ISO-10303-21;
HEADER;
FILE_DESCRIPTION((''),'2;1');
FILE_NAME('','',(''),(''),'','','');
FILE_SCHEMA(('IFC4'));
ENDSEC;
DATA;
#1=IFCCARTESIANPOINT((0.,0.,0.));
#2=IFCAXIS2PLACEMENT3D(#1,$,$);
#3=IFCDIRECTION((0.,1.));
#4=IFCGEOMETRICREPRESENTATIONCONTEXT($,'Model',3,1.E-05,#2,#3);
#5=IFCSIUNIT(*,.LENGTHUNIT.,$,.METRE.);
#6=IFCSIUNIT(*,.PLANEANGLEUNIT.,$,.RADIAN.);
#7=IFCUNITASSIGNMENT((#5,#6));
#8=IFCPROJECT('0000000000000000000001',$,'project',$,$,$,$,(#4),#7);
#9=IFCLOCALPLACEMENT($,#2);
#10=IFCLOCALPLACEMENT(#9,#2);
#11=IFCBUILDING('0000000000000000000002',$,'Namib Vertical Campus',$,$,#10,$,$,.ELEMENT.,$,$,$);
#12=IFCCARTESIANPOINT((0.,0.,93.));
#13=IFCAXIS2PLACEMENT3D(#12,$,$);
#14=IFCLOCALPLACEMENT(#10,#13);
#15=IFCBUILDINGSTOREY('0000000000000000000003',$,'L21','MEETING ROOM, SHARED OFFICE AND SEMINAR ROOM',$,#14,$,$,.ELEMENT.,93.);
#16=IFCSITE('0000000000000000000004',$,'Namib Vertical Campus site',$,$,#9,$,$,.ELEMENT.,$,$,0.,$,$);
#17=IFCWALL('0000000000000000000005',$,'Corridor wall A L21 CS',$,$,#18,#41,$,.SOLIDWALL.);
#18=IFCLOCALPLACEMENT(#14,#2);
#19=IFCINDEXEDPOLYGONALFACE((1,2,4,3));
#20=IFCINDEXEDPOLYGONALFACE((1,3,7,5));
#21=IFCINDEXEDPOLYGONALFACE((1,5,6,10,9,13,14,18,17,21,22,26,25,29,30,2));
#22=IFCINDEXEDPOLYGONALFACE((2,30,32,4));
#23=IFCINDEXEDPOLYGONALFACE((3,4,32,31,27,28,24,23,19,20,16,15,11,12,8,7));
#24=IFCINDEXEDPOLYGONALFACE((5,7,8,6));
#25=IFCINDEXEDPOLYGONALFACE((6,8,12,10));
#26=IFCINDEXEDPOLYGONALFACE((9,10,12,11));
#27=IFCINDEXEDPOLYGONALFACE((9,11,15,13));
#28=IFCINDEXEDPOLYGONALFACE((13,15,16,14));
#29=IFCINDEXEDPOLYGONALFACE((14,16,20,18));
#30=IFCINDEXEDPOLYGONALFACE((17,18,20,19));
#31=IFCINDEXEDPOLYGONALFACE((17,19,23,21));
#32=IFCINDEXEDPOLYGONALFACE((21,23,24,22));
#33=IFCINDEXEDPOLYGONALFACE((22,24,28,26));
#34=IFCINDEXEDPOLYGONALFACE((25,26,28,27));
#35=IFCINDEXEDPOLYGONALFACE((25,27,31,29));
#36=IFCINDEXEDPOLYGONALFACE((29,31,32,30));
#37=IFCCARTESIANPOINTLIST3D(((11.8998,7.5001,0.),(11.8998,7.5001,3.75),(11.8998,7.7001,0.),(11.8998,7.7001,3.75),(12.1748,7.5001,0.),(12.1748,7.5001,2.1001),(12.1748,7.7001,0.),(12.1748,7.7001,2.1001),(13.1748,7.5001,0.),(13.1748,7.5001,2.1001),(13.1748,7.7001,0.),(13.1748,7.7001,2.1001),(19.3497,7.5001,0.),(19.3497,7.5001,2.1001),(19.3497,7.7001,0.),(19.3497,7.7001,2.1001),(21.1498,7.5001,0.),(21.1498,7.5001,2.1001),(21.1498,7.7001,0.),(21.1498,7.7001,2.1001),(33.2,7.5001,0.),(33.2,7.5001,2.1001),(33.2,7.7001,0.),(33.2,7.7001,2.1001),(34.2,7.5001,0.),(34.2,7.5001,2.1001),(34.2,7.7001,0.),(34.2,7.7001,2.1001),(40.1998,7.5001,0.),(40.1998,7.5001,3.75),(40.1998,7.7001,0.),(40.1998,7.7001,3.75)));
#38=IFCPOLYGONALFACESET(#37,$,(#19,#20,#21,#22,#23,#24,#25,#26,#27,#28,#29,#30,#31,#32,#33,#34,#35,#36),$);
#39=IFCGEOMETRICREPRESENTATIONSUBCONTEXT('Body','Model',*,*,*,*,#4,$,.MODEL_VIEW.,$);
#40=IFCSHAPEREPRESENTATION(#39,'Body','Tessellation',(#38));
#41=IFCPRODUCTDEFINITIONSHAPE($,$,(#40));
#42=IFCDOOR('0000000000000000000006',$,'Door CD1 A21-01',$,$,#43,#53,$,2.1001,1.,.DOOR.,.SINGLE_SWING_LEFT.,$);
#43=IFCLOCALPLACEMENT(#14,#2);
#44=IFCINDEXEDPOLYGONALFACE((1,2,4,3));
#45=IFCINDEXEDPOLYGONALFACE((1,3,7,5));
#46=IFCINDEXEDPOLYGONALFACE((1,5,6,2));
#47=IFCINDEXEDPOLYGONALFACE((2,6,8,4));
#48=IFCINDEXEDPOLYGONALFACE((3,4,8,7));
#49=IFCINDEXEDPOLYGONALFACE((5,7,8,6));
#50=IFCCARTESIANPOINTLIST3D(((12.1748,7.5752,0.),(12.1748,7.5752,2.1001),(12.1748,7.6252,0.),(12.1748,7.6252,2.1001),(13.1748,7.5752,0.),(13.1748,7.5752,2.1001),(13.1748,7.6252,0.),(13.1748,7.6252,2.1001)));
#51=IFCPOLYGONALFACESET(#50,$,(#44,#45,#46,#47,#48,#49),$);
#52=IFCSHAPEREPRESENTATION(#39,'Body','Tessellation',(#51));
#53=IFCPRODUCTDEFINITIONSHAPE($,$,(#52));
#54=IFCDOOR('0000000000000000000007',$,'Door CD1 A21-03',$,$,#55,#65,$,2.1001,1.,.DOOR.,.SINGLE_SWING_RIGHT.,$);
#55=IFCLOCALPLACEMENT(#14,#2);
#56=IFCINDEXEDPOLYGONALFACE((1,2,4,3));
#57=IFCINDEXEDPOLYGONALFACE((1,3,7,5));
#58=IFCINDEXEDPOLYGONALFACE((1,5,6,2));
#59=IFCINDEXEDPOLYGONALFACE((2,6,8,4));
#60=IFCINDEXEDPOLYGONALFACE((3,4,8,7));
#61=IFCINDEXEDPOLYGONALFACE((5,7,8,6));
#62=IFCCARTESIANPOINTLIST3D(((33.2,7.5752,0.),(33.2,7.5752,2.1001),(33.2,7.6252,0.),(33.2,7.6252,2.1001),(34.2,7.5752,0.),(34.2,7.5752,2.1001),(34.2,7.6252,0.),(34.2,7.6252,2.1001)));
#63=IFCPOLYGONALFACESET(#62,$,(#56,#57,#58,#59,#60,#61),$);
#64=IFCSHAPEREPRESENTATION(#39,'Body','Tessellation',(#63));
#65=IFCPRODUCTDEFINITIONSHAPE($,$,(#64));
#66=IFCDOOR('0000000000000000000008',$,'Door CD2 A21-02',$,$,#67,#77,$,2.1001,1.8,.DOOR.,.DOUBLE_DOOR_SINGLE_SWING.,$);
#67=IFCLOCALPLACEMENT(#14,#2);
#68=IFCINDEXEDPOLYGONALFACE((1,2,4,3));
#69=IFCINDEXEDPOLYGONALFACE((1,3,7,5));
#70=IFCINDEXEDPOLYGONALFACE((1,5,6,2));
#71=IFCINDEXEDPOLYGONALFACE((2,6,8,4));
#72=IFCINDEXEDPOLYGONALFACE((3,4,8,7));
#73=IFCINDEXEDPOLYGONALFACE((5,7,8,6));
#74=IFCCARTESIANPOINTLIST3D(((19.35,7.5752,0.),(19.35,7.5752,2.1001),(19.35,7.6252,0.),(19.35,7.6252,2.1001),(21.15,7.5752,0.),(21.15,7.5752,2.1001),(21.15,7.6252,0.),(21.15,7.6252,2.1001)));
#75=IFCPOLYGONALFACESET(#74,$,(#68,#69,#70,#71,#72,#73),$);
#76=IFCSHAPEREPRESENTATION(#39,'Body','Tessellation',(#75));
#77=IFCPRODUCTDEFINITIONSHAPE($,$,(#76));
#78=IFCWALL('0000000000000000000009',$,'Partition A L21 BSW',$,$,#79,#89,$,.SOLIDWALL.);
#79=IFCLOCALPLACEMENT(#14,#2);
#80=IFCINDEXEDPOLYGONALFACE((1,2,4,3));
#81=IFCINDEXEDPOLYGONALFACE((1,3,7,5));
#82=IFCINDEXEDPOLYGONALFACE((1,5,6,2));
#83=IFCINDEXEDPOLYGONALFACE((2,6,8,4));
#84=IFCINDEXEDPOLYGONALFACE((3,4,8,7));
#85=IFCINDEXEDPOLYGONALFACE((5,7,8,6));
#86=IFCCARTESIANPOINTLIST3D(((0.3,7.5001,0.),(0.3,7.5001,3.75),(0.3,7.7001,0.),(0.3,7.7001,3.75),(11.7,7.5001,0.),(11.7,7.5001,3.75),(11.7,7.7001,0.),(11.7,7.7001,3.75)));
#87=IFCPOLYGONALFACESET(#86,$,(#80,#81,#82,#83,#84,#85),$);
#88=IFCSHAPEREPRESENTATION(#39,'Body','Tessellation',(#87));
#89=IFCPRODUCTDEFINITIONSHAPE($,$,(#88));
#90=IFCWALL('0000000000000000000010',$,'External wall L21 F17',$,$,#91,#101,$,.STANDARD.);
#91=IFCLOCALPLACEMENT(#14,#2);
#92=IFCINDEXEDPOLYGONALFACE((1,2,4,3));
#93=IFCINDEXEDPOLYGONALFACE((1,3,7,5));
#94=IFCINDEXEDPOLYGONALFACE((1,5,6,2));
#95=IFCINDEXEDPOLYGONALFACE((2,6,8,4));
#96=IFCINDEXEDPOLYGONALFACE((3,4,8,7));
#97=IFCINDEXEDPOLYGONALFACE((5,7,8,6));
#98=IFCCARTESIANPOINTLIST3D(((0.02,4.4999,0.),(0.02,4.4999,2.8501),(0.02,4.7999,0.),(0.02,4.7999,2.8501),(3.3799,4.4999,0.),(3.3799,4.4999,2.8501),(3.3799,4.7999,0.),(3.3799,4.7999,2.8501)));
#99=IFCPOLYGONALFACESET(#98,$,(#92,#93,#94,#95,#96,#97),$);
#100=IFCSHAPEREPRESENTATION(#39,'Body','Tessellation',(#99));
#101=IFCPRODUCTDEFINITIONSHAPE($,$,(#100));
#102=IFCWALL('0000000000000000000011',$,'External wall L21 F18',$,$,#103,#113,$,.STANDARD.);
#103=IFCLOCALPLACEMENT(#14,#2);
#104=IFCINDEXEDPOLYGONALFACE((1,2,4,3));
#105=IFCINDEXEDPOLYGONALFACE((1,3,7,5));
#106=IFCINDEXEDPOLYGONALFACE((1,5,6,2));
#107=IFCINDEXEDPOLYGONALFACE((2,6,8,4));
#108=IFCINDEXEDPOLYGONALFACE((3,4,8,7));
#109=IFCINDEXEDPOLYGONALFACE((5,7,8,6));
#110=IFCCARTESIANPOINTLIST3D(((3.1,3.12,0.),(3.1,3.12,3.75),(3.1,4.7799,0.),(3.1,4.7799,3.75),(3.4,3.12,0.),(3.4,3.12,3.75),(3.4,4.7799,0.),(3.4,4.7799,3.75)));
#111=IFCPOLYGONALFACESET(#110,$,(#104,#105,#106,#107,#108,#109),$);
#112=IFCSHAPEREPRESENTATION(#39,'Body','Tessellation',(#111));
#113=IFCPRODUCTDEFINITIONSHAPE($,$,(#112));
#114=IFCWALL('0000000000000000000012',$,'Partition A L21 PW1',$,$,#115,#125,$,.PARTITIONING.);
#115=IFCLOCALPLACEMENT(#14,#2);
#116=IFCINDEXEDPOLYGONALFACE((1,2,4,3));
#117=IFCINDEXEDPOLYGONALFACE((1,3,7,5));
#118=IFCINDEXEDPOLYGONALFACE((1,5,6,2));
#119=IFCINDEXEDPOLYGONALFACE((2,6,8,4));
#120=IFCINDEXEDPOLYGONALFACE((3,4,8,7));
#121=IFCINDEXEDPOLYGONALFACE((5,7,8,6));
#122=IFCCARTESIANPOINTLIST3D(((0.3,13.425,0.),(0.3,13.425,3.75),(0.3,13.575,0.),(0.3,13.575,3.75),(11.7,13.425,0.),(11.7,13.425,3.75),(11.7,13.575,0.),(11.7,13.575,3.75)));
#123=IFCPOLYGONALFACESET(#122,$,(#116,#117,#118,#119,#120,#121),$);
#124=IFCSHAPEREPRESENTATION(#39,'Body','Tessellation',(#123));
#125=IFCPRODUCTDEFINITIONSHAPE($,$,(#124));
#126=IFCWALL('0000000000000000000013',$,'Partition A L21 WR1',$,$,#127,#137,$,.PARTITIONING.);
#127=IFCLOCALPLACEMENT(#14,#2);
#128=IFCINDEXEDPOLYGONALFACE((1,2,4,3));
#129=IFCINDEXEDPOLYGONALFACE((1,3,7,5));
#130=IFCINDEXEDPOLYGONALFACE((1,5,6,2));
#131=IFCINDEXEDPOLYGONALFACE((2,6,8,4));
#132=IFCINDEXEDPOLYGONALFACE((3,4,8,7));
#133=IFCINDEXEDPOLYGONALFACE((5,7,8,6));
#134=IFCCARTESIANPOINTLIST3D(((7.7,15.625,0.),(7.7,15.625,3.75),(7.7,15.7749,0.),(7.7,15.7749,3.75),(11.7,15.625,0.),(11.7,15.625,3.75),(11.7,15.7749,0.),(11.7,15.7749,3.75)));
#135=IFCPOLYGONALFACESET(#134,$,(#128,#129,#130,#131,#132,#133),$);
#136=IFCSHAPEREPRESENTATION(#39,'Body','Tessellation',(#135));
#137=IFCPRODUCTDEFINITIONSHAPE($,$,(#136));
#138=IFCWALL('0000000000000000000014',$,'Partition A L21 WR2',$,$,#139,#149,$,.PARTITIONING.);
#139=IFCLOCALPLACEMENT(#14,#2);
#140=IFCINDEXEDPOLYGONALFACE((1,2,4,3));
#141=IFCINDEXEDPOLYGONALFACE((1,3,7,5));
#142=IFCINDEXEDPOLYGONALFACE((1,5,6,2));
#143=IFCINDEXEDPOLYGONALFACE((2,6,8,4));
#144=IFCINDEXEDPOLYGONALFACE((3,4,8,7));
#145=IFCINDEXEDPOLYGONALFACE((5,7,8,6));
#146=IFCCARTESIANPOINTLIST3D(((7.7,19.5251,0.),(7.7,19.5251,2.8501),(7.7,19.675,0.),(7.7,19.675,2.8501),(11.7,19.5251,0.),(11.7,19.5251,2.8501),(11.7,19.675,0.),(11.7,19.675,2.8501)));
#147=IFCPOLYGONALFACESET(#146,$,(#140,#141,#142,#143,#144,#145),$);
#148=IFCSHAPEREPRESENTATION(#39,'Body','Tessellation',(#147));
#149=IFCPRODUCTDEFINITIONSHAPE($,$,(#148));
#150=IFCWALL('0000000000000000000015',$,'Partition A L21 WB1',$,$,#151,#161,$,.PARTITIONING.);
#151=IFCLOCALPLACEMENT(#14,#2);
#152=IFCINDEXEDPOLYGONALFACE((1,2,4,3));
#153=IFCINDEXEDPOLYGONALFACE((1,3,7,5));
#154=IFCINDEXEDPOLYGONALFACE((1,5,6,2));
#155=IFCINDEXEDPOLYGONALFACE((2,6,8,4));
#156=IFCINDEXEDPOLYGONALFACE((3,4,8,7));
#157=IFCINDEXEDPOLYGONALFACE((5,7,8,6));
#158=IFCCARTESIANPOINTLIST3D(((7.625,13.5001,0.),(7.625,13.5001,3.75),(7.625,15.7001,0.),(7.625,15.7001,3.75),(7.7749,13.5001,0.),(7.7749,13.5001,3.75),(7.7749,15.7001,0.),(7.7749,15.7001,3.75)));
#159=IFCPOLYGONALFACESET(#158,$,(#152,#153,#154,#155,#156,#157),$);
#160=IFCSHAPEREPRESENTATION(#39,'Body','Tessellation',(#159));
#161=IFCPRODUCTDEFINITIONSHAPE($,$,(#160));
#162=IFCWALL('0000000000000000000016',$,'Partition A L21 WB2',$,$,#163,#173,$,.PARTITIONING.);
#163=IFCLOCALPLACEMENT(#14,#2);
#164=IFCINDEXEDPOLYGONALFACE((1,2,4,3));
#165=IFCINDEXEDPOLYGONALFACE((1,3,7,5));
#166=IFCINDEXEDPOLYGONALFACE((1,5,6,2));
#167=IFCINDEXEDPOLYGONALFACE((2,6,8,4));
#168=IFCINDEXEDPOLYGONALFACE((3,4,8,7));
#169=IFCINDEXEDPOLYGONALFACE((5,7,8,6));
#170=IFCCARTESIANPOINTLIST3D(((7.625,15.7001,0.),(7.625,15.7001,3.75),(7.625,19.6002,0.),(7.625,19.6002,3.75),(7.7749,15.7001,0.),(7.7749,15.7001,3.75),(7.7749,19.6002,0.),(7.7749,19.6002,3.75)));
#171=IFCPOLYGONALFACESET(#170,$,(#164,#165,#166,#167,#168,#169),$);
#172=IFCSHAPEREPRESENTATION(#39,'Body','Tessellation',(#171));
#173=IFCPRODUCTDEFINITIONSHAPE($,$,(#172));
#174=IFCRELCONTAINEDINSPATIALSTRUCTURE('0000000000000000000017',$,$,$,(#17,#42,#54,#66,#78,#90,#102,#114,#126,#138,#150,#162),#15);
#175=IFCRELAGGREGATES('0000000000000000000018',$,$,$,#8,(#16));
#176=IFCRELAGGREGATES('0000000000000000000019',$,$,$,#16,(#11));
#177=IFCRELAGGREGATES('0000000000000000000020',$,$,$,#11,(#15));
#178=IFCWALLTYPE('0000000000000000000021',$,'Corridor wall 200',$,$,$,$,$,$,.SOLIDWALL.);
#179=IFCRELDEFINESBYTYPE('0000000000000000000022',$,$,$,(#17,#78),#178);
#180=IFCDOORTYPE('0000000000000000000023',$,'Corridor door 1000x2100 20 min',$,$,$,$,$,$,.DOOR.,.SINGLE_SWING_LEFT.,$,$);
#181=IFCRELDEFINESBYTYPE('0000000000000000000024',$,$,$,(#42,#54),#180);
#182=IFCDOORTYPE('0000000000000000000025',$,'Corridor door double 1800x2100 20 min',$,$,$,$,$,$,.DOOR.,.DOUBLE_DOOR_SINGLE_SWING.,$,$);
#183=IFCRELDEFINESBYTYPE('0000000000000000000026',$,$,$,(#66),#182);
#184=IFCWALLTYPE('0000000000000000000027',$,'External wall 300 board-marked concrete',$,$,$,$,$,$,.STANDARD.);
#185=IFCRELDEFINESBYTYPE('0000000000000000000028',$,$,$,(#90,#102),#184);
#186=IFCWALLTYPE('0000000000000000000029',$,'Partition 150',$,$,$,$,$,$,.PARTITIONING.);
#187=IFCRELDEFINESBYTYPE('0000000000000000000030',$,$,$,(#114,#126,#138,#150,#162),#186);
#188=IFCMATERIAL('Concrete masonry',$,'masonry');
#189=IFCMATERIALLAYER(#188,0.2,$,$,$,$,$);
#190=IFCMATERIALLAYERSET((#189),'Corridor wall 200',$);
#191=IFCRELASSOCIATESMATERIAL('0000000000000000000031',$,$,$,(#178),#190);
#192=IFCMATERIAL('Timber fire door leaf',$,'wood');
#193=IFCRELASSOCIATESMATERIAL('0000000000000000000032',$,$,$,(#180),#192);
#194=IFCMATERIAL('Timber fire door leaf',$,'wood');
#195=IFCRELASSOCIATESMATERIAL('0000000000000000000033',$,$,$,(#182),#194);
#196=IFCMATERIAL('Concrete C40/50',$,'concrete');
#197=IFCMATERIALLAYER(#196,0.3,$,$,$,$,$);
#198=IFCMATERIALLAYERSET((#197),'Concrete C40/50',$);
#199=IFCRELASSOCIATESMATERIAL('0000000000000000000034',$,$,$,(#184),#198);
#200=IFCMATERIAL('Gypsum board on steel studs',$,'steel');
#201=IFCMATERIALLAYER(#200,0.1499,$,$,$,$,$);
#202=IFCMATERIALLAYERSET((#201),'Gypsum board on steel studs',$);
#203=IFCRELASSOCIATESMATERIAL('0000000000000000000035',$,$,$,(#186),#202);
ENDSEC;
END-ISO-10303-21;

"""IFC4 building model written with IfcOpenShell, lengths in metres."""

from ifc_helpers import new_model, si_unit, direction, frame, frame_2d, origin, place, context, subcontext, project, spatial, rectangle, extrude, material, layer, layer_set, type_object, element, fill, save


model = new_model("IFC4")

# Units and contexts
model_context = context("Model", 3, precision=1e-05, world=origin(), true_north=direction((0.0, 1.0)))
body_context = subcontext(model_context, "Body", "Model", "MODEL_VIEW")
ifc_project = project(units=[si_unit("LENGTHUNIT", "METRE"), si_unit("PLANEANGLEUNIT", "RADIAN")], contexts=[model_context])

# Site, building, storey
site_placement = place(None, origin())
site = spatial("IfcSite", under=ifc_project, at=site_placement, Name="Namib Vertical Campus site", CompositionType="ELEMENT", RefElevation=0.0)
building_placement = place(site_placement, origin())
building = spatial("IfcBuilding", under=site, at=building_placement, Name="Namib Vertical Campus", CompositionType="ELEMENT")
storey_placement = place(building_placement, frame((0.0, 0.0, 93.0)))
storey = spatial("IfcBuildingStorey", under=building, at=storey_placement, Name="L21", Description="MEETING ROOM, SHARED OFFICE AND SEMINAR ROOM", CompositionType="ELEMENT", Elevation=93.0)

# Wall, openings, doors
ifc_material_1 = material(Name="Concrete masonry", Category="masonry")
ifc_layer_1 = layer(ifc_material_1, 0.2)
ifc_layer_set_1 = layer_set([ifc_layer_1], Name="Corridor wall 200")
wall_type_1 = type_object("IfcWallType", Name="Corridor wall 200", PredefinedType="SOLIDWALL", material=ifc_layer_set_1)
wall_1_placement = place(storey_placement, frame((11.8999, 7.6001, 0.0), z_axis=(0.0, 0.0, 1.0), x_axis=(1.0, 0.0, 0.0)))
wall_1 = element("IfcWall", 1, at=wall_1_placement, inside=storey, type_object=wall_type_1, Name="Corridor wall A L21 CS", PredefinedType="SOLIDWALL", context=body_context, shape_type="SweptSolid", body=[
    extrude(rectangle(XDim=28.3, YDim=0.2, at=frame_2d((14.1499, 0.0))), origin(), (0.0, 0.0, 1.0), 3.75),
])
opening_1_placement = place(wall_1_placement, frame((0.2749, 0.0, 0.0)))
opening_1 = element("IfcOpeningElement", 2, at=opening_1_placement, cuts=wall_1, PredefinedType="OPENING", context=body_context, shape_type="SweptSolid", body=[
    extrude(rectangle(XDim=1.0, YDim=2.1001, at=frame_2d((0.5, 1.05))), frame((0.0, 0.1099, 0.0), z_axis=(0.0, -1.0, 0.0), x_axis=(1.0, 0.0, 0.0)), (0.0, 0.0, 1.0), 0.22),
])
opening_2_placement = place(wall_1_placement, frame((7.45, 0.0, 0.0)))
opening_2 = element("IfcOpeningElement", 3, at=opening_2_placement, cuts=wall_1, PredefinedType="OPENING", context=body_context, shape_type="SweptSolid", body=[
    extrude(rectangle(XDim=1.8, YDim=2.1001, at=frame_2d((0.8999, 1.05))), frame((0.0, 0.1099, 0.0), z_axis=(0.0, -1.0, 0.0), x_axis=(1.0, 0.0, 0.0)), (0.0, 0.0, 1.0), 0.22),
])
opening_3_placement = place(wall_1_placement, frame((21.3, 0.0, 0.0)))
opening_3 = element("IfcOpeningElement", 4, at=opening_3_placement, cuts=wall_1, PredefinedType="OPENING", context=body_context, shape_type="SweptSolid", body=[
    extrude(rectangle(XDim=1.0, YDim=2.1001, at=frame_2d((0.5, 1.05))), frame((0.0, 0.1099, 0.0), z_axis=(0.0, -1.0, 0.0), x_axis=(1.0, 0.0, 0.0)), (0.0, 0.0, 1.0), 0.22),
])
ifc_material_2 = material(Name="Timber fire door leaf", Category="wood")
door_type_1 = type_object("IfcDoorType", Name="Corridor door 1000x2100 20 min", OperationType="SINGLE_SWING_LEFT", PredefinedType="DOOR", material=ifc_material_2)
door_1_placement = place(opening_1_placement, frame((1.0, 0.0, 0.0), z_axis=(0.0, 0.0, 1.0), x_axis=(-1.0, 0.0, 0.0)))
door_1 = element("IfcDoor", 5, at=door_1_placement, inside=storey, type_object=door_type_1, Name="Door CD1 A21-01", OperationType="SINGLE_SWING_LEFT", OverallHeight=2.1001, OverallWidth=1.0, PredefinedType="DOOR", context=body_context, shape_type="SweptSolid", body=[
    extrude(rectangle(XDim=1.0, YDim=2.1001, at=frame_2d((0.5, 1.05))), frame((0.0, 0.0249, 0.0), z_axis=(0.0, -1.0, 0.0), x_axis=(1.0, 0.0, 0.0)), (0.0, 0.0, 1.0), 0.05),
])
fill(opening_1, door_1)
door_2_placement = place(opening_3_placement, frame((1.0, 0.0, 0.0), z_axis=(0.0, 0.0, 1.0), x_axis=(-1.0, 0.0, 0.0)))
door_2 = element("IfcDoor", 6, at=door_2_placement, inside=storey, type_object=door_type_1, Name="Door CD1 A21-03", OperationType="SINGLE_SWING_RIGHT", OverallHeight=2.1001, OverallWidth=1.0, PredefinedType="DOOR", context=body_context, shape_type="SweptSolid", body=[
    extrude(rectangle(XDim=1.0, YDim=2.1001, at=frame_2d((0.5, 1.05))), frame((0.0, 0.0249, 0.0), z_axis=(0.0, -1.0, 0.0), x_axis=(1.0, 0.0, 0.0)), (0.0, 0.0, 1.0), 0.05),
])
fill(opening_3, door_2)
ifc_material_3 = material(Name="Timber fire door leaf", Category="wood")
door_type_2 = type_object("IfcDoorType", Name="Corridor door double 1800x2100 20 min", OperationType="DOUBLE_DOOR_SINGLE_SWING", PredefinedType="DOOR", material=ifc_material_3)
door_3_placement = place(opening_2_placement, frame((1.8, 0.0, 0.0), z_axis=(0.0, 0.0, 1.0), x_axis=(-1.0, 0.0, 0.0)))
door_3 = element("IfcDoor", 7, at=door_3_placement, inside=storey, type_object=door_type_2, Name="Door CD2 A21-02", OperationType="DOUBLE_DOOR_SINGLE_SWING", OverallHeight=2.1001, OverallWidth=1.8, PredefinedType="DOOR", context=body_context, shape_type="SweptSolid", body=[
    extrude(rectangle(XDim=1.8, YDim=2.1001, at=frame_2d((0.8999, 1.05))), frame((0.0, 0.0249, 0.0), z_axis=(0.0, -1.0, 0.0), x_axis=(1.0, 0.0, 0.0)), (0.0, 0.0, 1.0), 0.05),
])
fill(opening_2, door_3)

# Walls
wall_2_placement = place(storey_placement, frame((0.3, 7.6001, 0.0), z_axis=(0.0, 0.0, 1.0), x_axis=(1.0, 0.0, 0.0)))
element("IfcWall", 8, at=wall_2_placement, inside=storey, type_object=wall_type_1, Name="Partition A L21 BSW", PredefinedType="SOLIDWALL", context=body_context, shape_type="SweptSolid", body=[
    extrude(rectangle(XDim=11.3999, YDim=0.2, at=frame_2d((5.7, 0.0))), origin(), (0.0, 0.0, 1.0), 3.75),
])
ifc_material_4 = material(Name="Concrete C40/50", Category="concrete")
ifc_layer_2 = layer(ifc_material_4, 0.3)
ifc_layer_set_2 = layer_set([ifc_layer_2], Name="Concrete C40/50")
wall_type_2 = type_object("IfcWallType", Name="External wall 300 board-marked concrete", PredefinedType="STANDARD", material=ifc_layer_set_2)
wall_3_placement = place(storey_placement, frame((0.02, 4.6499, 0.0), z_axis=(0.0, 0.0, 1.0), x_axis=(1.0, 0.0, 0.0)))
element("IfcWall", 9, at=wall_3_placement, inside=storey, type_object=wall_type_2, Name="External wall L21 F17", PredefinedType="STANDARD", context=body_context, shape_type="SweptSolid", body=[
    extrude(rectangle(XDim=3.3599, YDim=0.3, at=frame_2d((1.6799, 0.0))), origin(), (0.0, 0.0, 1.0), 2.8501),
])
wall_4_placement = place(storey_placement, frame((3.25, 4.78, 0.0), z_axis=(0.0, 0.0, 1.0), x_axis=(0.0, -1.0, 0.0)))
element("IfcWall", 10, at=wall_4_placement, inside=storey, type_object=wall_type_2, Name="External wall L21 F18", PredefinedType="STANDARD", context=body_context, shape_type="SweptSolid", body=[
    extrude(rectangle(XDim=1.6599, YDim=0.3, at=frame_2d((0.8301, 0.0))), origin(), (0.0, 0.0, 1.0), 3.75),
])
ifc_material_5 = material(Name="Gypsum board on steel studs", Category="steel")
ifc_layer_3 = layer(ifc_material_5, 0.1499)
ifc_layer_set_3 = layer_set([ifc_layer_3], Name="Gypsum board on steel studs")
wall_type_3 = type_object("IfcWallType", Name="Partition 150", PredefinedType="PARTITIONING", material=ifc_layer_set_3)
wall_5_placement = place(storey_placement, frame((0.3, 13.5, 0.0), z_axis=(0.0, 0.0, 1.0), x_axis=(1.0, 0.0, 0.0)))
element("IfcWall", 11, at=wall_5_placement, inside=storey, type_object=wall_type_3, Name="Partition A L21 PW1", PredefinedType="PARTITIONING", context=body_context, shape_type="SweptSolid", body=[
    extrude(rectangle(XDim=11.3999, YDim=0.1499, at=frame_2d((5.7, 0.0))), origin(), (0.0, 0.0, 1.0), 3.75),
])
wall_6_placement = place(storey_placement, frame((11.7, 15.7, 0.0), z_axis=(0.0, 0.0, 1.0), x_axis=(-1.0, 0.0, 0.0)))
element("IfcWall", 12, at=wall_6_placement, inside=storey, type_object=wall_type_3, Name="Partition A L21 WR1", PredefinedType="PARTITIONING", context=body_context, shape_type="SweptSolid", body=[
    extrude(rectangle(XDim=4.0, YDim=0.1499, at=frame_2d((2.0, 0.0))), origin(), (0.0, 0.0, 1.0), 3.75),
])
wall_7_placement = place(storey_placement, frame((11.7, 19.6001, 0.0), z_axis=(0.0, 0.0, 1.0), x_axis=(-1.0, 0.0, 0.0)))
element("IfcWall", 13, at=wall_7_placement, inside=storey, type_object=wall_type_3, Name="Partition A L21 WR2", PredefinedType="PARTITIONING", context=body_context, shape_type="SweptSolid", body=[
    extrude(rectangle(XDim=4.0, YDim=0.1499, at=frame_2d((2.0, 0.0))), origin(), (0.0, 0.0, 1.0), 2.8501),
])
wall_8_placement = place(storey_placement, frame((7.7, 13.5, 0.0), z_axis=(0.0, 0.0, 1.0), x_axis=(0.0, 1.0, 0.0)))
element("IfcWall", 14, at=wall_8_placement, inside=storey, type_object=wall_type_3, Name="Partition A L21 WB1", PredefinedType="PARTITIONING", context=body_context, shape_type="SweptSolid", body=[
    extrude(rectangle(XDim=2.2, YDim=0.1499, at=frame_2d((1.1001, 0.0))), origin(), (0.0, 0.0, 1.0), 3.75),
])
wall_9_placement = place(storey_placement, frame((7.7, 15.7, 0.0), z_axis=(0.0, 0.0, 1.0), x_axis=(0.0, 1.0, 0.0)))
element("IfcWall", 15, at=wall_9_placement, inside=storey, type_object=wall_type_3, Name="Partition A L21 WB2", PredefinedType="PARTITIONING", context=body_context, shape_type="SweptSolid", body=[
    extrude(rectangle(XDim=3.9001, YDim=0.1499, at=frame_2d((1.9502, 0.0))), origin(), (0.0, 0.0, 1.0), 3.75),
])

save(model, "model.ifc")
